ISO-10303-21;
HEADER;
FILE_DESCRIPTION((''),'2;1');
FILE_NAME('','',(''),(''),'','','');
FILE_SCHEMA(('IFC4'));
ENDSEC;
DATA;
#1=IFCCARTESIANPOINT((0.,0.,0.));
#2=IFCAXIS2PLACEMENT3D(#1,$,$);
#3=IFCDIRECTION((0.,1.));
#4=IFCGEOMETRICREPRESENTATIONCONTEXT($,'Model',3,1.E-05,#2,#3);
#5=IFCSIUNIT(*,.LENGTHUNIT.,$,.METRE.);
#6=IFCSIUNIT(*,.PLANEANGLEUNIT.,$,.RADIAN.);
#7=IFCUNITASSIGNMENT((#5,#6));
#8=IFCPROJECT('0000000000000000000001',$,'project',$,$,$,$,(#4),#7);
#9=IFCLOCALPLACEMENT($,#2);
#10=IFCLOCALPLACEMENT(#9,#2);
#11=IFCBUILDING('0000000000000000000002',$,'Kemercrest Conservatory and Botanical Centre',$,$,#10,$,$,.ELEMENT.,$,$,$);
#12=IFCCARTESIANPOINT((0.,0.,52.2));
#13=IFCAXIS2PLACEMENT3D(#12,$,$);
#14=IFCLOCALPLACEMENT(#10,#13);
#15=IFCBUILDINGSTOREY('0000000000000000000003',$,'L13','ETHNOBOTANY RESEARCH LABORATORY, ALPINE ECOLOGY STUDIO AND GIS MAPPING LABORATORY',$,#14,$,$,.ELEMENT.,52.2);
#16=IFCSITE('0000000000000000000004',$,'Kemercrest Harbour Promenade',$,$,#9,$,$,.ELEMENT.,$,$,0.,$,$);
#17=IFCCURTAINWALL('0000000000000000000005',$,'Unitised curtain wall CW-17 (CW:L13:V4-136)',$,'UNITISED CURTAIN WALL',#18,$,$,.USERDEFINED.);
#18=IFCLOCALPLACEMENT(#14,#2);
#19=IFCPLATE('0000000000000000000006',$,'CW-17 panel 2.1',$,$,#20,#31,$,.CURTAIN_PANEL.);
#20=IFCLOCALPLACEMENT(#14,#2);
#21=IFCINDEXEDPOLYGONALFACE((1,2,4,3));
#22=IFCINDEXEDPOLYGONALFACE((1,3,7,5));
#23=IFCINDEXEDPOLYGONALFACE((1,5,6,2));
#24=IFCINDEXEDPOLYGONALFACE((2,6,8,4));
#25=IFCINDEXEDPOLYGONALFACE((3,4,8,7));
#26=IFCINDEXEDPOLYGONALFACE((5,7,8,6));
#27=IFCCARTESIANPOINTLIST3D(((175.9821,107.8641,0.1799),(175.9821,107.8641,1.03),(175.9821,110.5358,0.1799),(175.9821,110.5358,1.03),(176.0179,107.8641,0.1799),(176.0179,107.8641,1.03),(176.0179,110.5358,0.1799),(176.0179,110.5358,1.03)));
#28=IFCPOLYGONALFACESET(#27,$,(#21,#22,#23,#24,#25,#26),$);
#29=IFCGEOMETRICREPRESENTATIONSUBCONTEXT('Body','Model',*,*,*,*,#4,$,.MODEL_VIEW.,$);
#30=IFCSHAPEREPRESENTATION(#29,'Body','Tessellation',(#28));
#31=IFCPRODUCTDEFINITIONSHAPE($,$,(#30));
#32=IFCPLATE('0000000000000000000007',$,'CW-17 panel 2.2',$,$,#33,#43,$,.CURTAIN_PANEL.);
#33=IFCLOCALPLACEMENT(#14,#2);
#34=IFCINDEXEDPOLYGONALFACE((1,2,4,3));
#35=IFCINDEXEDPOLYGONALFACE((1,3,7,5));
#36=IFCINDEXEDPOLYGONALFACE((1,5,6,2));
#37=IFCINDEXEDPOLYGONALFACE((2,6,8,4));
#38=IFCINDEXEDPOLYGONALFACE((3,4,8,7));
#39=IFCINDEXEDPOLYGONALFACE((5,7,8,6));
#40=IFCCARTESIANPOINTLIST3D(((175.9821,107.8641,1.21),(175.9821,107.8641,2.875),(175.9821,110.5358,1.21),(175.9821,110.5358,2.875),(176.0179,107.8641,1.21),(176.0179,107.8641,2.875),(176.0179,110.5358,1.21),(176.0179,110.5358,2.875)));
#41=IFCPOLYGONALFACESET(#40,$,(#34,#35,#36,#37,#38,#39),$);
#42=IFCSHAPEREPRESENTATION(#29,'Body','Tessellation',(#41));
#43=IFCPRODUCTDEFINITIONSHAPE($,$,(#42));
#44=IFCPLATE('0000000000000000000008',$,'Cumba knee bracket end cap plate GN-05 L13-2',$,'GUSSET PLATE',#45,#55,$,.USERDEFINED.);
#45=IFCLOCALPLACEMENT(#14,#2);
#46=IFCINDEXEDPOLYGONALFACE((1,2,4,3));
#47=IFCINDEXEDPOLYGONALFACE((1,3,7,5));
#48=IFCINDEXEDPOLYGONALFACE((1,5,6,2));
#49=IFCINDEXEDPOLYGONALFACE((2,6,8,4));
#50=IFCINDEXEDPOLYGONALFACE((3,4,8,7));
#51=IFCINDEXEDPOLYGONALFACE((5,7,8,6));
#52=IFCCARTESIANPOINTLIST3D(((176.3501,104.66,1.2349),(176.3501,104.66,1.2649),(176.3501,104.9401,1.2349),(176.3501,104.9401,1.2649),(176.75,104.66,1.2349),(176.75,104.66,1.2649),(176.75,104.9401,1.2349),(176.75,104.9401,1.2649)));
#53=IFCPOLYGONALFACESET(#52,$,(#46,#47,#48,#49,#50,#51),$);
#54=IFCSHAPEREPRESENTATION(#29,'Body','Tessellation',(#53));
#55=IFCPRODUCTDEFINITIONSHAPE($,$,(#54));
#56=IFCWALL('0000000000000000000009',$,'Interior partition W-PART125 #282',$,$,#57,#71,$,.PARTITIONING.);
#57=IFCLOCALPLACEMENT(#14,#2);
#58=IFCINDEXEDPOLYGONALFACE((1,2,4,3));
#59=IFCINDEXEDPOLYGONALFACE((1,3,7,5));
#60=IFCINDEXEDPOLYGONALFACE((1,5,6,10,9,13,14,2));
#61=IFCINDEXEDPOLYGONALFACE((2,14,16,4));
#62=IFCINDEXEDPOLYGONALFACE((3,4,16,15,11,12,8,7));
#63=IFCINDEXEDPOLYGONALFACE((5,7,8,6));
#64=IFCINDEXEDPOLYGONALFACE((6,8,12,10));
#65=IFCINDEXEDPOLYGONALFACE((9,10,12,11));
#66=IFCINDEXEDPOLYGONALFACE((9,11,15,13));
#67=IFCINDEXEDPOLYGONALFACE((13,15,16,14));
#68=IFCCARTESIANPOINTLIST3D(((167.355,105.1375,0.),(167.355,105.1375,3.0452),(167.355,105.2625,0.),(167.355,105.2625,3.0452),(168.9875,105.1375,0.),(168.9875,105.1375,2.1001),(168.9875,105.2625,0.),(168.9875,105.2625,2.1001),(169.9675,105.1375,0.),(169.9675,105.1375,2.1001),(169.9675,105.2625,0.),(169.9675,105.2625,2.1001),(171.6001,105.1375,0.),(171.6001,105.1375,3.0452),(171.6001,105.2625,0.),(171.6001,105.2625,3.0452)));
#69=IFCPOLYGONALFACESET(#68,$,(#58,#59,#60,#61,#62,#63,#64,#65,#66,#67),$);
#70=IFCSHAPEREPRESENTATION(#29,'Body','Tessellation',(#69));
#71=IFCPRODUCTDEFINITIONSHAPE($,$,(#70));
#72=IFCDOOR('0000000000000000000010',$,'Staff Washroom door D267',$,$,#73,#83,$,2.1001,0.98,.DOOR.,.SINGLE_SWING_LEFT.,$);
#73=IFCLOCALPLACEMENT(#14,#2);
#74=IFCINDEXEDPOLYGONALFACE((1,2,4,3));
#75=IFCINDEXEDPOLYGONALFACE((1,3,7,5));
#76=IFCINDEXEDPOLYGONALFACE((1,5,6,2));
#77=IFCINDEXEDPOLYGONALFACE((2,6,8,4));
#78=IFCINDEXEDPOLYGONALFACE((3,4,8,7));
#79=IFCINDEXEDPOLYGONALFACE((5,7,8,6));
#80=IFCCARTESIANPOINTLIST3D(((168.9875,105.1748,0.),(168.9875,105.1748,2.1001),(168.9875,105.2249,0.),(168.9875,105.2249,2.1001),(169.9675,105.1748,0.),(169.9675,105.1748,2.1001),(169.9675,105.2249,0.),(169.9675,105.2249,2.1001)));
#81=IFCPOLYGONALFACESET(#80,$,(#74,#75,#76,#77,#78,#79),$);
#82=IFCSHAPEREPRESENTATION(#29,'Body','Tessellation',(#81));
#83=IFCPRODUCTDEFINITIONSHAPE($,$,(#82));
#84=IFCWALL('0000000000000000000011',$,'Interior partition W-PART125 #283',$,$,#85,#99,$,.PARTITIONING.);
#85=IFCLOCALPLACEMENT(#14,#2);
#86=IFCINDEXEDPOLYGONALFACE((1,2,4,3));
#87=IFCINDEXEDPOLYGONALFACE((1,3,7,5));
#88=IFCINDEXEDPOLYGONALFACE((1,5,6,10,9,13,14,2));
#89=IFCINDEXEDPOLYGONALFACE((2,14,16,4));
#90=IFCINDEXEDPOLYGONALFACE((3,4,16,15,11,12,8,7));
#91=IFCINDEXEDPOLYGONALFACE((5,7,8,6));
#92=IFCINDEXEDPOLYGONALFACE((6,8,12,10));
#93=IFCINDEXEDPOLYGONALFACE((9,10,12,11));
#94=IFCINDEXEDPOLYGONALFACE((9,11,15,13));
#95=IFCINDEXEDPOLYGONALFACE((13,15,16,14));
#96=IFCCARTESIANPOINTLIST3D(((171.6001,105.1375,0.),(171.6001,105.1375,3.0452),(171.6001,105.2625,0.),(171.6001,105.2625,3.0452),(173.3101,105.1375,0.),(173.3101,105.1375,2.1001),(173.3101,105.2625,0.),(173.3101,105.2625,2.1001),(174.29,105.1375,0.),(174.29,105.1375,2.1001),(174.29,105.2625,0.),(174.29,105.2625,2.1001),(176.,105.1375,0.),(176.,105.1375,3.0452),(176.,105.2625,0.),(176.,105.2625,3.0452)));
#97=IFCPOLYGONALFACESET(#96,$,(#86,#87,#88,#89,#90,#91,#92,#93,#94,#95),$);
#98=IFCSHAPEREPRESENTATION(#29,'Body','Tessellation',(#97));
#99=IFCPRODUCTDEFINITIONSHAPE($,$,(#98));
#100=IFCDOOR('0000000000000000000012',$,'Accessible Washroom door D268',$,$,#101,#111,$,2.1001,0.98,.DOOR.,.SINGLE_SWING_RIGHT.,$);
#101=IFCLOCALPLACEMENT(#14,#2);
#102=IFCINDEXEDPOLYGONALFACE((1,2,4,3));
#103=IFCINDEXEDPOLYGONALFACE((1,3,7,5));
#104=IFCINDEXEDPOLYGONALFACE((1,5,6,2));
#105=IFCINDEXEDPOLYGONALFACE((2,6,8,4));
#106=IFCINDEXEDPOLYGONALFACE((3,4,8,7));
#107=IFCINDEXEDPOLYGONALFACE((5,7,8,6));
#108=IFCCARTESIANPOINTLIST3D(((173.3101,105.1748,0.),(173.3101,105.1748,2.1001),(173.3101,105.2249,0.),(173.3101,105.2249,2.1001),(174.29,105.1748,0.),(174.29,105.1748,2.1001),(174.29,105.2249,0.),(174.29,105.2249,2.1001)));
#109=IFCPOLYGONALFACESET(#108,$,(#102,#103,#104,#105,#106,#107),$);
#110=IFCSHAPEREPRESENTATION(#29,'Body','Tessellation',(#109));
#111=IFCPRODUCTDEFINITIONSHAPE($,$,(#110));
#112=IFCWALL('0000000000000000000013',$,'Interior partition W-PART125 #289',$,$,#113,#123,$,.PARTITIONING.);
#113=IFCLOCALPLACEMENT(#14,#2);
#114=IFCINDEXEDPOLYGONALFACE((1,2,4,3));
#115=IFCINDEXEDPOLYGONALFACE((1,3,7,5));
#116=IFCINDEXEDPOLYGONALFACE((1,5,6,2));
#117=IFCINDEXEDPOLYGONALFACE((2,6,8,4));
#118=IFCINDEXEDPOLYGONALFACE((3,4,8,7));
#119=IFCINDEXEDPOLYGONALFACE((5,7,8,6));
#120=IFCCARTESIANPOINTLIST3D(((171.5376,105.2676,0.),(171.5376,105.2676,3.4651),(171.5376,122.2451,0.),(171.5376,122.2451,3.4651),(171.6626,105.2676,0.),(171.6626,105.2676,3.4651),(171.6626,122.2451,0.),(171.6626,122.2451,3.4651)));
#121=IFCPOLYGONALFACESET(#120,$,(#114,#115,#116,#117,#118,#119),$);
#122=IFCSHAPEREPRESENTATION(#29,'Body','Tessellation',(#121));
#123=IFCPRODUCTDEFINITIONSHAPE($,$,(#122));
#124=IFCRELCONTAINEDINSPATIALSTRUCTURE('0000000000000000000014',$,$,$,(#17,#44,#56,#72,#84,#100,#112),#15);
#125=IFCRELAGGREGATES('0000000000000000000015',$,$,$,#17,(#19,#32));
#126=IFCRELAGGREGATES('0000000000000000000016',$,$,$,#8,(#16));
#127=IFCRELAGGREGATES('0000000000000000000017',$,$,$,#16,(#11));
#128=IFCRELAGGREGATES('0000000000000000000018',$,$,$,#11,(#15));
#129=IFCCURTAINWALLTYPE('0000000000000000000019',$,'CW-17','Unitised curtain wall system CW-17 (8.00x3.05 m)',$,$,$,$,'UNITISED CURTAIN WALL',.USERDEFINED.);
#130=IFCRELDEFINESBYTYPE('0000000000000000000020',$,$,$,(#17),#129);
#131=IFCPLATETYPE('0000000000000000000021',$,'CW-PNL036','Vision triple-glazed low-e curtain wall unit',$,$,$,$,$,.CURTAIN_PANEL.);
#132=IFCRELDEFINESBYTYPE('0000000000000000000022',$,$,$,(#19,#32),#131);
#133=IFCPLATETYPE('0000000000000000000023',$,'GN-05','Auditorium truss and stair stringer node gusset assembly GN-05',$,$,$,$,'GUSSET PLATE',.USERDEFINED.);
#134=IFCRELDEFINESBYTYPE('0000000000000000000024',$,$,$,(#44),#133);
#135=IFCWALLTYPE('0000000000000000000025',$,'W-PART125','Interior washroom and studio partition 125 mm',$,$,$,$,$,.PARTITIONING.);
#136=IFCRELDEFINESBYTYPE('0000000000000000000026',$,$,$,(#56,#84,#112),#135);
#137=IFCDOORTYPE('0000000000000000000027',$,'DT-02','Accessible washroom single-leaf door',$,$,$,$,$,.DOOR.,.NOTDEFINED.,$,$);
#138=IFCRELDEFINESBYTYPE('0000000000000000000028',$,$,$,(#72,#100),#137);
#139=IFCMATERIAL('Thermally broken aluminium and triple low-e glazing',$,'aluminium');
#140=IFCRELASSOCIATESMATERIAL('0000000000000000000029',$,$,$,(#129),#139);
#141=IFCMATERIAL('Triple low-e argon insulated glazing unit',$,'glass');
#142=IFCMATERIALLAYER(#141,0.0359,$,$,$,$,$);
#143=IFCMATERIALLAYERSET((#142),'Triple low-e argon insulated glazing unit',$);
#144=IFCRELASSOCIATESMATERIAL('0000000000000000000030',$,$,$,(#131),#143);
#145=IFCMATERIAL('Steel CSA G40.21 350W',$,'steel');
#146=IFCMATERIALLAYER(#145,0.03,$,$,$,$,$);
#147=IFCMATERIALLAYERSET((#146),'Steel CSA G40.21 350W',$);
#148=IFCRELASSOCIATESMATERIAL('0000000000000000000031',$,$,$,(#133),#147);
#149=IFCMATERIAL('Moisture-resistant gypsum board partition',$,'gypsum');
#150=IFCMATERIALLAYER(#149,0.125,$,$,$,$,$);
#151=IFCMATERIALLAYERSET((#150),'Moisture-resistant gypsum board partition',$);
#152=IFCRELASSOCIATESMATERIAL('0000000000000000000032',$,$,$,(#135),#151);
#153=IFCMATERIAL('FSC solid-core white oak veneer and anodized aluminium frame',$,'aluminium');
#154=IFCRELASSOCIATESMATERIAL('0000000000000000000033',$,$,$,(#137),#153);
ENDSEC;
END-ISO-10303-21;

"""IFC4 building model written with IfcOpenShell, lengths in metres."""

from ifc_helpers import new_model, si_unit, direction, frame, frame_2d, origin, origin_2d, place, context, subcontext, project, spatial, rectangle, extrude, material, layer, layer_set, type_object, element, fill, aggregate, save


model = new_model("IFC4")

# Units and contexts
model_context = context("Model", 3, precision=1e-05, world=origin(), true_north=direction((0.0, 1.0)))
body_context = subcontext(model_context, "Body", "Model", "MODEL_VIEW")
ifc_project = project(units=[si_unit("LENGTHUNIT", "METRE"), si_unit("PLANEANGLEUNIT", "RADIAN")], contexts=[model_context])

# Site, building, storey
site_placement = place(None, origin())
site = spatial("IfcSite", under=ifc_project, at=site_placement, Name="Kemercrest Harbour Promenade", CompositionType="ELEMENT", RefElevation=0.0)
building_placement = place(site_placement, origin())
building = spatial("IfcBuilding", under=site, at=building_placement, Name="Kemercrest Conservatory and Botanical Centre", CompositionType="ELEMENT")
storey_placement = place(building_placement, frame((0.0, 0.0, 52.2)))
storey = spatial("IfcBuildingStorey", under=building, at=storey_placement, Name="L13", Description="ETHNOBOTANY RESEARCH LABORATORY, ALPINE ECOLOGY STUDIO AND GIS MAPPING LABORATORY", CompositionType="ELEMENT", Elevation=52.2)

# Curtain wall
ifc_material_1 = material(Name="Thermally broken aluminium and triple low-e glazing", Category="aluminium")
curtain_wall_type = type_object("IfcCurtainWallType", Name="CW-17", Description="Unitised curtain wall system CW-17 (8.00x3.05 m)", ElementType="UNITISED CURTAIN WALL", PredefinedType="USERDEFINED", material=ifc_material_1)
curtain_wall_placement = place(storey_placement, origin())
curtain_wall = element("IfcCurtainWall", 1, at=curtain_wall_placement, inside=storey, type_object=curtain_wall_type, Name="Unitised curtain wall CW-17 (CW:L13:V4-136)", ObjectType="UNITISED CURTAIN WALL", PredefinedType="USERDEFINED")

# Plates
ifc_material_2 = material(Name="Triple low-e argon insulated glazing unit", Category="glass")
ifc_layer_1 = layer(ifc_material_2, 0.0359)
ifc_layer_set_1 = layer_set([ifc_layer_1], Name="Triple low-e argon insulated glazing unit")
plate_type_1 = type_object("IfcPlateType", Name="CW-PNL036", Description="Vision triple-glazed low-e curtain wall unit", PredefinedType="CURTAIN_PANEL", material=ifc_layer_set_1)
plate_1_placement = place(storey_placement, frame((176.0, 109.2, 0.1799), z_axis=(0.0, 0.0, 1.0), x_axis=(0.0, 1.0, 0.0)))
plate_1 = element("IfcPlate", 2, at=plate_1_placement, type_object=plate_type_1, Name="CW-17 panel 2.1", PredefinedType="CURTAIN_PANEL", context=body_context, shape_type="SweptSolid", body=[
    extrude(rectangle(XDim=2.6716, YDim=0.0359, at=origin_2d()), origin(), (0.0, 0.0, 1.0), 0.8501),
])
plate_2_placement = place(storey_placement, frame((176.0, 109.2, 1.21), z_axis=(0.0, 0.0, 1.0), x_axis=(0.0, 1.0, 0.0)))
plate_2 = element("IfcPlate", 3, at=plate_2_placement, type_object=plate_type_1, Name="CW-17 panel 2.2", PredefinedType="CURTAIN_PANEL", context=body_context, shape_type="SweptSolid", body=[
    extrude(rectangle(XDim=2.6716, YDim=0.0359, at=origin_2d()), origin(), (0.0, 0.0, 1.0), 1.665),
])
aggregate(curtain_wall, [plate_1, plate_2])
ifc_material_3 = material(Name="Steel CSA G40.21 350W", Category="steel")
ifc_layer_2 = layer(ifc_material_3, 0.03)
ifc_layer_set_2 = layer_set([ifc_layer_2], Name="Steel CSA G40.21 350W")
plate_type_2 = type_object("IfcPlateType", Name="GN-05", Description="Auditorium truss and stair stringer node gusset assembly GN-05", ElementType="GUSSET PLATE", PredefinedType="USERDEFINED", material=ifc_layer_set_2)
plate_3_placement = place(storey_placement, frame((176.55, 104.8, 1.2349), z_axis=(0.0, 0.0, 1.0), x_axis=(1.0, 0.0, 0.0)))
element("IfcPlate", 4, at=plate_3_placement, inside=storey, type_object=plate_type_2, Name="Cumba knee bracket end cap plate GN-05 L13-2", ObjectType="GUSSET PLATE", PredefinedType="USERDEFINED", context=body_context, shape_type="SweptSolid", body=[
    extrude(rectangle(XDim=0.3999, YDim=0.28, at=origin_2d()), origin(), (0.0, 0.0, 1.0), 0.03),
])

# Walls, openings, doors
ifc_material_4 = material(Name="Moisture-resistant gypsum board partition", Category="gypsum")
ifc_layer_3 = layer(ifc_material_4, 0.125)
ifc_layer_set_3 = layer_set([ifc_layer_3], Name="Moisture-resistant gypsum board partition")
wall_type = type_object("IfcWallType", Name="W-PART125", Description="Interior washroom and studio partition 125 mm", PredefinedType="PARTITIONING", material=ifc_layer_set_3)
wall_1_placement = place(storey_placement, frame((167.355, 105.2, 0.0), z_axis=(0.0, 0.0, 1.0), x_axis=(1.0, 0.0, 0.0)))
wall_1 = element("IfcWall", 5, at=wall_1_placement, inside=storey, type_object=wall_type, Name="Interior partition W-PART125 #282", PredefinedType="PARTITIONING", context=body_context, shape_type="SweptSolid", body=[
    extrude(rectangle(XDim=4.2451, YDim=0.125, at=frame_2d((2.1226, 0.0))), origin(), (0.0, 0.0, 1.0), 3.0452),
])
opening_1_placement = place(wall_1_placement, frame((1.6326, 0.0, 0.0)))
opening_1 = element("IfcOpeningElement", 6, at=opening_1_placement, cuts=wall_1, PredefinedType="OPENING", context=body_context, shape_type="SweptSolid", body=[
    extrude(rectangle(XDim=0.98, YDim=2.1001, at=frame_2d((0.49, 1.05))), frame((0.0, 0.0725, 0.0), z_axis=(0.0, -1.0, 0.0), x_axis=(1.0, 0.0, 0.0)), (0.0, 0.0, 1.0), 0.145),
])
ifc_material_5 = material(Name="FSC solid-core white oak veneer and anodized aluminium frame", Category="aluminium")
door_type = type_object("IfcDoorType", Name="DT-02", Description="Accessible washroom single-leaf door", OperationType="NOTDEFINED", PredefinedType="DOOR", material=ifc_material_5)
door_1_placement = place(opening_1_placement, origin())
door_1 = element("IfcDoor", 7, at=door_1_placement, inside=storey, type_object=door_type, Name="Staff Washroom door D267", OperationType="SINGLE_SWING_LEFT", OverallHeight=2.1001, OverallWidth=0.98, PredefinedType="DOOR", context=body_context, shape_type="SweptSolid", body=[
    extrude(rectangle(XDim=0.98, YDim=2.1001, at=frame_2d((0.49, 1.05))), frame((0.0, 0.0249, 0.0), z_axis=(0.0, -1.0, 0.0), x_axis=(1.0, 0.0, 0.0)), (0.0, 0.0, 1.0), 0.05),
])
fill(opening_1, door_1)
wall_2_placement = place(storey_placement, frame((171.6001, 105.2, 0.0), z_axis=(0.0, 0.0, 1.0), x_axis=(1.0, 0.0, 0.0)))
wall_2 = element("IfcWall", 8, at=wall_2_placement, inside=storey, type_object=wall_type, Name="Interior partition W-PART125 #283", PredefinedType="PARTITIONING", context=body_context, shape_type="SweptSolid", body=[
    extrude(rectangle(XDim=4.3999, YDim=0.125, at=frame_2d((2.2, 0.0))), origin(), (0.0, 0.0, 1.0), 3.0452),
])
opening_2_placement = place(wall_2_placement, frame((1.71, 0.0, 0.0)))
opening_2 = element("IfcOpeningElement", 9, at=opening_2_placement, cuts=wall_2, PredefinedType="OPENING", context=body_context, shape_type="SweptSolid", body=[
    extrude(rectangle(XDim=0.98, YDim=2.1001, at=frame_2d((0.49, 1.05))), frame((0.0, 0.0725, 0.0), z_axis=(0.0, -1.0, 0.0), x_axis=(1.0, 0.0, 0.0)), (0.0, 0.0, 1.0), 0.145),
])
door_2_placement = place(opening_2_placement, origin())
door_2 = element("IfcDoor", 10, at=door_2_placement, inside=storey, type_object=door_type, Name="Accessible Washroom door D268", OperationType="SINGLE_SWING_RIGHT", OverallHeight=2.1001, OverallWidth=0.98, PredefinedType="DOOR", context=body_context, shape_type="SweptSolid", body=[
    extrude(rectangle(XDim=0.98, YDim=2.1001, at=frame_2d((0.49, 1.05))), frame((0.0, 0.0249, 0.0), z_axis=(0.0, -1.0, 0.0), x_axis=(1.0, 0.0, 0.0)), (0.0, 0.0, 1.0), 0.05),
])
fill(opening_2, door_2)

# Wall
wall_3_placement = place(storey_placement, frame((171.6001, 105.2676, 0.0), z_axis=(0.0, 0.0, 1.0), x_axis=(0.0, 1.0, 0.0)))
element("IfcWall", 11, at=wall_3_placement, inside=storey, type_object=wall_type, Name="Interior partition W-PART125 #289", PredefinedType="PARTITIONING", context=body_context, shape_type="SweptSolid", body=[
    extrude(rectangle(XDim=16.9775, YDim=0.125, at=frame_2d((8.4888, 0.0))), origin(), (0.0, 0.0, 1.0), 3.4651),
])

save(model, "model.ifc")
